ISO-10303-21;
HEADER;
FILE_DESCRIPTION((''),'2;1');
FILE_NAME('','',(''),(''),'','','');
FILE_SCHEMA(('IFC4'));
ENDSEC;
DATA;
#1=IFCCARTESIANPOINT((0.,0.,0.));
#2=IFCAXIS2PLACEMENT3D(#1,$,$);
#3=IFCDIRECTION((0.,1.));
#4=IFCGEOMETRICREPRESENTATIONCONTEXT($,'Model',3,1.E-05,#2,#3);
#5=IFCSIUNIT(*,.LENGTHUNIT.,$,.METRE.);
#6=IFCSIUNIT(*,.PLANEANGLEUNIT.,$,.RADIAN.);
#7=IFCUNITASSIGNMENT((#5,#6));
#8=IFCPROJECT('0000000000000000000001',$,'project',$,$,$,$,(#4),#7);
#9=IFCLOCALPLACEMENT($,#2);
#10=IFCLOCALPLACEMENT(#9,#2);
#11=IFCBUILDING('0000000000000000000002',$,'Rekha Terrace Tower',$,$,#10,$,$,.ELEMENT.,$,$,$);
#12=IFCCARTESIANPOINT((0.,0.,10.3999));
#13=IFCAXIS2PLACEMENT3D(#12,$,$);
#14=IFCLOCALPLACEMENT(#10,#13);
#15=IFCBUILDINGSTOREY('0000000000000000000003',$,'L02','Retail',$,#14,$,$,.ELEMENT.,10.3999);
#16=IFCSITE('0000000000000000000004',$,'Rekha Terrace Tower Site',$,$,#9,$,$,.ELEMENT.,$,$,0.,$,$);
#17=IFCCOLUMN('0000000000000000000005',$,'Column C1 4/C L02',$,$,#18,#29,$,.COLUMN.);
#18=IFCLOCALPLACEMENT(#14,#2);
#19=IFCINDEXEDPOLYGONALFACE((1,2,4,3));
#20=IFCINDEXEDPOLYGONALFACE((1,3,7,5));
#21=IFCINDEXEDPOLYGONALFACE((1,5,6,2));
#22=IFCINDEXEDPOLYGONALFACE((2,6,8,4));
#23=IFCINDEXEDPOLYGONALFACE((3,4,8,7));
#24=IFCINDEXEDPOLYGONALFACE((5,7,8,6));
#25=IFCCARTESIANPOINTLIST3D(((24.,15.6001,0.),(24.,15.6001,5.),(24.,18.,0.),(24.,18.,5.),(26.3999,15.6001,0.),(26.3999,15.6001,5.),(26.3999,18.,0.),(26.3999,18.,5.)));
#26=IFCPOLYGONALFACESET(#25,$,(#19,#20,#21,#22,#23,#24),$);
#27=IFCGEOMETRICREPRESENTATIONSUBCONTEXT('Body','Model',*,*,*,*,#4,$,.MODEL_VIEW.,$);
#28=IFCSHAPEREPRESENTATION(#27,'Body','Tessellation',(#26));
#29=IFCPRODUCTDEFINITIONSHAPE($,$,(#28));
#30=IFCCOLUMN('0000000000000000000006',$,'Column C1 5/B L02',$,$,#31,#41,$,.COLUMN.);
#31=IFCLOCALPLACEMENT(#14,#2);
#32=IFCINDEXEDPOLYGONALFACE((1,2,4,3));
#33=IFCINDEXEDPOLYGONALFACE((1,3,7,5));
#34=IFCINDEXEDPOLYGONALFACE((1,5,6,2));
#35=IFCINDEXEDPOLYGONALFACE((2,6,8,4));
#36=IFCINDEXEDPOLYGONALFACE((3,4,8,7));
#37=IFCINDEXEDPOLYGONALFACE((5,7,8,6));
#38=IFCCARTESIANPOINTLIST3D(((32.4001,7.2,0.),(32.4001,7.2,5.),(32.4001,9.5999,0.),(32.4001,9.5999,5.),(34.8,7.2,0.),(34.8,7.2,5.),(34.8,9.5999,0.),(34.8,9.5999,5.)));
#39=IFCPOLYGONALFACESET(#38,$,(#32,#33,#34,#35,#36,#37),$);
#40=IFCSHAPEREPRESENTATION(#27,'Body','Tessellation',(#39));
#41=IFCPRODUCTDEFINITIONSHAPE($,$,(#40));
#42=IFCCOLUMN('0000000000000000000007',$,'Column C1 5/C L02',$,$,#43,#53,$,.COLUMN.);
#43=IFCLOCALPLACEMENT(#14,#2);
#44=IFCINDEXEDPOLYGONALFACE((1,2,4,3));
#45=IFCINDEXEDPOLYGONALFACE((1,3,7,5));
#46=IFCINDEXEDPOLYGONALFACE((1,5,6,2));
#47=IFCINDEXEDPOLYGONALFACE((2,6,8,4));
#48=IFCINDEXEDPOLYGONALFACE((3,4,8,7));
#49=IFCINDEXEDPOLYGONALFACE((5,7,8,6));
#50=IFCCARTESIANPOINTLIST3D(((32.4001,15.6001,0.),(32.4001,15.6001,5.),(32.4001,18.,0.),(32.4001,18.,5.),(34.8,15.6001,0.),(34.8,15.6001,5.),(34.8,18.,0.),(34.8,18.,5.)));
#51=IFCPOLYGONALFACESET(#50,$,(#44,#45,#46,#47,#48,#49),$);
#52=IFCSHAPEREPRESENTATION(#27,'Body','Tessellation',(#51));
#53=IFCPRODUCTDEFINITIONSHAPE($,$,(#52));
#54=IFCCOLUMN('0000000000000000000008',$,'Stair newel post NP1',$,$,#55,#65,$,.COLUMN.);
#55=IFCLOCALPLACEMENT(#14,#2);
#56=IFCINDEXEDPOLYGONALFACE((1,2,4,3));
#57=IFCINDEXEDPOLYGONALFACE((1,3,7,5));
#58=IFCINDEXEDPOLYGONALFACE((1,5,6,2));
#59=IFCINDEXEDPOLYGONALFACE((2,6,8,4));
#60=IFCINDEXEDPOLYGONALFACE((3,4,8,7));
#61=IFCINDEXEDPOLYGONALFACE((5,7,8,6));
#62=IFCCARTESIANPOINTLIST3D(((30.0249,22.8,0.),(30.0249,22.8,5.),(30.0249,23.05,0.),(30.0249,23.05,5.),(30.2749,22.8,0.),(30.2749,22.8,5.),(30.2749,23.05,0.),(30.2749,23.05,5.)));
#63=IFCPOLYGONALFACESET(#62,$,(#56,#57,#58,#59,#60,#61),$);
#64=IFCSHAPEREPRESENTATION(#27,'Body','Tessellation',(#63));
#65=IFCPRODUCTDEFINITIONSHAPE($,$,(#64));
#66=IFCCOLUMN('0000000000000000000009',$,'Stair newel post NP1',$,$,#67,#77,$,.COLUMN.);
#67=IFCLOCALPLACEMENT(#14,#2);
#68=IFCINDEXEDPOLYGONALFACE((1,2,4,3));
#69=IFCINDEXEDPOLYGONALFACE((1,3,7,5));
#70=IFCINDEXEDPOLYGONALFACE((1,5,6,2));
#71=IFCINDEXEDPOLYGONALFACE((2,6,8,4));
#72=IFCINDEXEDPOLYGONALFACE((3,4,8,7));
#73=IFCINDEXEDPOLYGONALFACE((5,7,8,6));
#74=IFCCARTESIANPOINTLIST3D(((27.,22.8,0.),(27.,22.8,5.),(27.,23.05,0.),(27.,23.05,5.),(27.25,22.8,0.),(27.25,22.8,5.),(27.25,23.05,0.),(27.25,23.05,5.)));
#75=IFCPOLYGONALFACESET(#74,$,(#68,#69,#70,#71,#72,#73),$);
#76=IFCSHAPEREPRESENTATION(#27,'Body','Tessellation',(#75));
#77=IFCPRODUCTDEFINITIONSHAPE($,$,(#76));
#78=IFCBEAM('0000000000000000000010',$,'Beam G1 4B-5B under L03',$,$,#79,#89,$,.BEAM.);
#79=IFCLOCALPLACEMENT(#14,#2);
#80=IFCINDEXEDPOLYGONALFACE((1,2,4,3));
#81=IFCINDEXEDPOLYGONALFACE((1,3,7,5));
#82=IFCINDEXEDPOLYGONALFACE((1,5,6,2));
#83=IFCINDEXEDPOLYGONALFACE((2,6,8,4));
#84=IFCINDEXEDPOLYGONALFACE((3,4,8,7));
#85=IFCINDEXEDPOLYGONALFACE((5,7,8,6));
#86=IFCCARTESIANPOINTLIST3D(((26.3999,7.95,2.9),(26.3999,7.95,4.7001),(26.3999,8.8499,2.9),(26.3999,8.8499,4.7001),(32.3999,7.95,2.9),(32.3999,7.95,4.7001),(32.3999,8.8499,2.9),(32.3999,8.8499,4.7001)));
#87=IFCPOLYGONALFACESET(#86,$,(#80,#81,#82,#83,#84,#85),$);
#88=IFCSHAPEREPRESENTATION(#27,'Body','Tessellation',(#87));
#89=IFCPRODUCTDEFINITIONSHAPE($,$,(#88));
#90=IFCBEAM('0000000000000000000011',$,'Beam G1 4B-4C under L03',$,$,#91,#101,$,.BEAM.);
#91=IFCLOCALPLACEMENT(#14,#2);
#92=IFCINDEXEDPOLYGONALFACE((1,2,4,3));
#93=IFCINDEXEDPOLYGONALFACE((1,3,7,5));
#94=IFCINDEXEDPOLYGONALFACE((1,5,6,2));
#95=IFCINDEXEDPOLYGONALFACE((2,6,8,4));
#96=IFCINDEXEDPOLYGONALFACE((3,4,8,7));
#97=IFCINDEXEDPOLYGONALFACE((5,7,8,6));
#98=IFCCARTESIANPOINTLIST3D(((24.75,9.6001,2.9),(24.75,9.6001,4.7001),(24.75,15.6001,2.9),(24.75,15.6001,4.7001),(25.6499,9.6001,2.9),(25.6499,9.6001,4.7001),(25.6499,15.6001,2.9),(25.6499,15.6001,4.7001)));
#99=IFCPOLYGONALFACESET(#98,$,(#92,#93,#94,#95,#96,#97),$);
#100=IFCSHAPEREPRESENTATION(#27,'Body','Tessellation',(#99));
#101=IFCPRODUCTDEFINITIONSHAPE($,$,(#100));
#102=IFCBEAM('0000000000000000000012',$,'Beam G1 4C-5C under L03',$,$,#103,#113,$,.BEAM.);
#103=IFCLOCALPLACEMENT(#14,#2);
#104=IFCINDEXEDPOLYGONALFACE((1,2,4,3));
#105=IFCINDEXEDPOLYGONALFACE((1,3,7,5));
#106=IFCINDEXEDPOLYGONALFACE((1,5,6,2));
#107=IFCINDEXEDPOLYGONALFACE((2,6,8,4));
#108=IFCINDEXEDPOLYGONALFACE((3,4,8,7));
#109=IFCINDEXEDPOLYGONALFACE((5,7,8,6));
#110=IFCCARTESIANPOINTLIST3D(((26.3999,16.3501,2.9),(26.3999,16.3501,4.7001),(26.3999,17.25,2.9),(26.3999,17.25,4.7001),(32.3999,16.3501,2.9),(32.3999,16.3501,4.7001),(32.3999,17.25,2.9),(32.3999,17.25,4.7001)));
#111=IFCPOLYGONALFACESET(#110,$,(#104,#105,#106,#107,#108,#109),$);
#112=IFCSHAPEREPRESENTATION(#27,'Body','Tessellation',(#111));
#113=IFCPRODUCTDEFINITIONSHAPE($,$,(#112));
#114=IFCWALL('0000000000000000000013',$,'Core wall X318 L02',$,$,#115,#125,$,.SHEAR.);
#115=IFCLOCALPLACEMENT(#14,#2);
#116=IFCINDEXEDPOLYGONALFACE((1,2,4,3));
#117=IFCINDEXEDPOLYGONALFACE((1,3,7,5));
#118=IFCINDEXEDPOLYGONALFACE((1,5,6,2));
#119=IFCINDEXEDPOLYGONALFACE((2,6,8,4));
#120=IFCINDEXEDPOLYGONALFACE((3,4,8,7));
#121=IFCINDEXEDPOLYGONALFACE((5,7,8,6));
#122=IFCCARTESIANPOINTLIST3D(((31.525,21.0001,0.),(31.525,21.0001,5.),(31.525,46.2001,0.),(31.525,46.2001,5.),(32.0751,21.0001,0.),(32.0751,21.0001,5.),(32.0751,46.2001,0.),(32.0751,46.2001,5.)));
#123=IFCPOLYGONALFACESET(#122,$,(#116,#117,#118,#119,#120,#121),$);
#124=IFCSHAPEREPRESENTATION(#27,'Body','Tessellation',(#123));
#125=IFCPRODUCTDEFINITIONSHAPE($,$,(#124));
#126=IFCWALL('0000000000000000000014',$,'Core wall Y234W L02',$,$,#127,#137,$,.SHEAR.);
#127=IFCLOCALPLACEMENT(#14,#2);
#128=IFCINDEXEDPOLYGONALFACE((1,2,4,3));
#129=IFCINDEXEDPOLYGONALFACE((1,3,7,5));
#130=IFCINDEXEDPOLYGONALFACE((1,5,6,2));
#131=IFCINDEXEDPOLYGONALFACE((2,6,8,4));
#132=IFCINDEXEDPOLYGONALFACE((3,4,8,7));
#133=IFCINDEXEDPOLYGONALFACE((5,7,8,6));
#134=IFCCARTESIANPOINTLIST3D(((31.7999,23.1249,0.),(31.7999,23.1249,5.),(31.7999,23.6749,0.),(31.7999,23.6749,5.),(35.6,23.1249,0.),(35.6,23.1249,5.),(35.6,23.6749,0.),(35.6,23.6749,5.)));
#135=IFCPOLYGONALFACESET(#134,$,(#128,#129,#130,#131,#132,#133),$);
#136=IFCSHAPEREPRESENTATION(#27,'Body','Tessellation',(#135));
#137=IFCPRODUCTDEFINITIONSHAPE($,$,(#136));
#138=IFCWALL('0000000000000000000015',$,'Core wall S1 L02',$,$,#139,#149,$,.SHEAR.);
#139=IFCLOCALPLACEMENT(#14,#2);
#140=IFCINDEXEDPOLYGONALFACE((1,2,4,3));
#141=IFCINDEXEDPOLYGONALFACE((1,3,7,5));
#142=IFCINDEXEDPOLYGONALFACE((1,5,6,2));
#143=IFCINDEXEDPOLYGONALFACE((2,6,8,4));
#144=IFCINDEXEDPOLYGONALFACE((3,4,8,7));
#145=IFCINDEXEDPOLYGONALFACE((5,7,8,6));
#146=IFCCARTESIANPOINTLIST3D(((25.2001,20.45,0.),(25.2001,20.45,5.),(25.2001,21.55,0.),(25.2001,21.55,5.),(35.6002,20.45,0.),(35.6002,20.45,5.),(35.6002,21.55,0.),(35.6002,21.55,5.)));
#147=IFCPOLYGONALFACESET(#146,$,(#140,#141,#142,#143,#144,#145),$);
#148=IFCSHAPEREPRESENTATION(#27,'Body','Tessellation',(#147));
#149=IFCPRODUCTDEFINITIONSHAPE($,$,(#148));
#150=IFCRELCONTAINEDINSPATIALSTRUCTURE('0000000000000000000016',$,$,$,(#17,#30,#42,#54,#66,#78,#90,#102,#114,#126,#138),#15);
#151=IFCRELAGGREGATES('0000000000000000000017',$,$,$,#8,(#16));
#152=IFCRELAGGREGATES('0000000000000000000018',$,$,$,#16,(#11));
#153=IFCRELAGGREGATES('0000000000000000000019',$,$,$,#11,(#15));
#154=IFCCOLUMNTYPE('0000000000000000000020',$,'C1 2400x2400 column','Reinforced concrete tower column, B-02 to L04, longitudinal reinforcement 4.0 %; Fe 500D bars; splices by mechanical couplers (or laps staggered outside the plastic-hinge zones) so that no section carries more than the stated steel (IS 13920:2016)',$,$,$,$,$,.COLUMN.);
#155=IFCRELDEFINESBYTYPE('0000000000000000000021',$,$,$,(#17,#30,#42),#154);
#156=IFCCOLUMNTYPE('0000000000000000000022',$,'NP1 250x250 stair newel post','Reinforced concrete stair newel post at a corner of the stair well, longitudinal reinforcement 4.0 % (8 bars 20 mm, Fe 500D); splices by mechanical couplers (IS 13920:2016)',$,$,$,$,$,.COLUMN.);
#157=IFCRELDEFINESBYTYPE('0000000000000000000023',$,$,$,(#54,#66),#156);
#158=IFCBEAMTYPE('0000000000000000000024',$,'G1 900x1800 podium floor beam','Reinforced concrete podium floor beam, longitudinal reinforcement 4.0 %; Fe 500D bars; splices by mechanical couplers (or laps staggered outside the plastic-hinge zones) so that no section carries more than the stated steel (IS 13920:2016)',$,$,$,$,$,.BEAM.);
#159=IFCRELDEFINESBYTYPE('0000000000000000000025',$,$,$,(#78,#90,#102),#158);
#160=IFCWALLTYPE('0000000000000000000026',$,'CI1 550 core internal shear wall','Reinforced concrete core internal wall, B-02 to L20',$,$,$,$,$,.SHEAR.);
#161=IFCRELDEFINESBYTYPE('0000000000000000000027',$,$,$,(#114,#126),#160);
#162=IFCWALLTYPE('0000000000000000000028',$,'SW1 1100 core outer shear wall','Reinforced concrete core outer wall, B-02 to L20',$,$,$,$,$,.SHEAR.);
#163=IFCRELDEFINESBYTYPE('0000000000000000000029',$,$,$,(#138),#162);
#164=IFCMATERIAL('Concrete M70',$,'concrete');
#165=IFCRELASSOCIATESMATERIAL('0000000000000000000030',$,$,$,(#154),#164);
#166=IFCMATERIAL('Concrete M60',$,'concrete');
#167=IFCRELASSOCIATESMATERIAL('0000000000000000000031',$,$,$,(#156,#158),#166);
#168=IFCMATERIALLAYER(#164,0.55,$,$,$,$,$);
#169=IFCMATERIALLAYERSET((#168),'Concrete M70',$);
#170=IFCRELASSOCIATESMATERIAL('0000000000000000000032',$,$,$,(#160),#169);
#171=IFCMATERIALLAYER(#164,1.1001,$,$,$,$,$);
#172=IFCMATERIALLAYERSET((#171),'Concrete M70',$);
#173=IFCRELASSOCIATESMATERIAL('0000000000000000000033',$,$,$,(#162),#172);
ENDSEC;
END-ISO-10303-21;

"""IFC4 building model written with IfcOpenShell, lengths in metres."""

from ifc_helpers import new_model, si_unit, direction, frame, frame_2d, origin, origin_2d, place, context, subcontext, project, spatial, rectangle, extrude, material, layer, layer_set, material_profile, profile_set, type_object, element, save


model = new_model("IFC4")

# Units and contexts
model_context = context("Model", 3, precision=1e-05, world=origin(), true_north=direction((0.0, 1.0)))
body_context = subcontext(model_context, "Body", "Model", "MODEL_VIEW")
ifc_project = project(units=[si_unit("LENGTHUNIT", "METRE"), si_unit("PLANEANGLEUNIT", "RADIAN")], contexts=[model_context])

# Site, building, storey
site_placement = place(None, origin())
site = spatial("IfcSite", under=ifc_project, at=site_placement, Name="Rekha Terrace Tower Site", CompositionType="ELEMENT", RefElevation=0.0)
building_placement = place(site_placement, origin())
building = spatial("IfcBuilding", under=site, at=building_placement, Name="Rekha Terrace Tower", CompositionType="ELEMENT")
storey_placement = place(building_placement, frame((0.0, 0.0, 10.3999)))
storey = spatial("IfcBuildingStorey", under=building, at=storey_placement, Name="L02", Description="Retail", CompositionType="ELEMENT", Elevation=10.3999)

# Columns
ifc_material_1 = material(Name="Concrete M70", Category="concrete")
ifc_material_profile_1 = material_profile(ifc_material_1, rectangle(XDim=2.3999, YDim=2.3999, at=origin_2d()), Name="RC 2400x2400")
ifc_profile_set_1 = profile_set([ifc_material_profile_1], Name="Concrete M70")
column_type_1 = type_object("IfcColumnType", Name="C1 2400x2400 column", Description="Reinforced concrete tower column, B-02 to L04, longitudinal reinforcement 4.0 %; Fe 500D bars; splices by mechanical couplers (or laps staggered outside the plastic-hinge zones) so that no section carries more than the stated steel (IS 13920:2016)", PredefinedType="COLUMN", material=ifc_profile_set_1)
for number, where, z_axis, x_axis, name in (
    (1, (25.2, 16.8, 0.0), (0.0, 0.0, 1.0), (1.0, 0.0, 0.0), "Column C1 4/C L02"),
    (2, (33.6001, 8.3999, 0.0), (0.0, 0.0, 1.0), (1.0, 0.0, 0.0), "Column C1 5/B L02"),
    (3, (33.6001, 16.8, 0.0), (0.0, 0.0, 1.0), (1.0, 0.0, 0.0), "Column C1 5/C L02"),
):
    element("IfcColumn", number, at=place(storey_placement, frame(where, z_axis=z_axis, x_axis=x_axis)), inside=storey, type_object=column_type_1, Name=name, PredefinedType="COLUMN", context=body_context, shape_type="SweptSolid", body=[
        extrude(rectangle(XDim=2.3999, YDim=2.3999, at=origin_2d()), origin(), (0.0, 0.0, 1.0), 5.0),
    ])
ifc_material_2 = material(Name="Concrete M60", Category="concrete")
ifc_material_profile_2 = material_profile(ifc_material_2, rectangle(XDim=0.25, YDim=0.25, at=origin_2d()), Name="RC 250x250")
ifc_profile_set_2 = profile_set([ifc_material_profile_2], Name="Concrete M60")
column_type_2 = type_object("IfcColumnType", Name="NP1 250x250 stair newel post", Description="Reinforced concrete stair newel post at a corner of the stair well, longitudinal reinforcement 4.0 % (8 bars 20 mm, Fe 500D); splices by mechanical couplers (IS 13920:2016)", PredefinedType="COLUMN", material=ifc_profile_set_2)
for number, where, z_axis, x_axis, name in (
    (4, (30.1499, 22.925, 0.0), (0.0, 0.0, 1.0), (1.0, 0.0, 0.0), "Stair newel post NP1"),
    (5, (27.125, 22.925, 0.0), (0.0, 0.0, 1.0), (1.0, 0.0, 0.0), "Stair newel post NP1"),
):
    element("IfcColumn", number, at=place(storey_placement, frame(where, z_axis=z_axis, x_axis=x_axis)), inside=storey, type_object=column_type_2, Name=name, PredefinedType="COLUMN", context=body_context, shape_type="SweptSolid", body=[
        extrude(rectangle(XDim=0.25, YDim=0.25, at=origin_2d()), origin(), (0.0, 0.0, 1.0), 5.0),
    ])

# Beams
ifc_material_profile_3 = material_profile(ifc_material_2, rectangle(XDim=0.8999, YDim=1.8, at=origin_2d()), Name="RC 900x1800")
ifc_profile_set_3 = profile_set([ifc_material_profile_3], Name="Concrete M60")
beam_type = type_object("IfcBeamType", Name="G1 900x1800 podium floor beam", Description="Reinforced concrete podium floor beam, longitudinal reinforcement 4.0 %; Fe 500D bars; splices by mechanical couplers (or laps staggered outside the plastic-hinge zones) so that no section carries more than the stated steel (IS 13920:2016)", PredefinedType="BEAM", material=ifc_profile_set_3)
for number, where, z_axis, x_axis, name in (
    (6, (26.3999, 8.3999, 3.8), (1.0, 0.0, 0.0), (0.0, 1.0, 0.0), "Beam G1 4B-5B under L03"),
    (7, (25.2, 9.6001, 3.8), (0.0, 1.0, 0.0), (-1.0, 0.0, 0.0), "Beam G1 4B-4C under L03"),
    (8, (26.3999, 16.8, 3.8), (1.0, 0.0, 0.0), (0.0, 1.0, 0.0), "Beam G1 4C-5C under L03"),
):
    element("IfcBeam", number, at=place(storey_placement, frame(where, z_axis=z_axis, x_axis=x_axis)), inside=storey, type_object=beam_type, Name=name, PredefinedType="BEAM", context=body_context, shape_type="SweptSolid", body=[
        extrude(rectangle(XDim=0.8999, YDim=1.8, at=origin_2d()), origin(), (0.0, 0.0, 1.0), 6.0),
    ])

# Walls
ifc_layer_1 = layer(ifc_material_1, 0.55)
ifc_layer_set_1 = layer_set([ifc_layer_1], Name="Concrete M70")
wall_type_1 = type_object("IfcWallType", Name="CI1 550 core internal shear wall", Description="Reinforced concrete core internal wall, B-02 to L20", PredefinedType="SHEAR", material=ifc_layer_set_1)
wall_1_placement = place(storey_placement, frame((31.8, 21.0, 0.0), z_axis=(0.0, 0.0, 1.0), x_axis=(0.0, 1.0, 0.0)))
element("IfcWall", 9, at=wall_1_placement, inside=storey, type_object=wall_type_1, Name="Core wall X318 L02", PredefinedType="SHEAR", context=body_context, shape_type="SweptSolid", body=[
    extrude(rectangle(XDim=25.2, YDim=0.55, at=frame_2d((12.6001, 0.0))), origin(), (0.0, 0.0, 1.0), 5.0),
])
wall_2_placement = place(storey_placement, frame((31.8, 23.3999, 0.0), z_axis=(0.0, 0.0, 1.0), x_axis=(1.0, 0.0, 0.0)))
element("IfcWall", 10, at=wall_2_placement, inside=storey, type_object=wall_type_1, Name="Core wall Y234W L02", PredefinedType="SHEAR", context=body_context, shape_type="SweptSolid", body=[
    extrude(rectangle(XDim=3.8, YDim=0.55, at=frame_2d((1.8999, 0.0))), origin(), (0.0, 0.0, 1.0), 5.0),
])
ifc_layer_2 = layer(ifc_material_1, 1.1001)
ifc_layer_set_2 = layer_set([ifc_layer_2], Name="Concrete M70")
wall_type_2 = type_object("IfcWallType", Name="SW1 1100 core outer shear wall", Description="Reinforced concrete core outer wall, B-02 to L20", PredefinedType="SHEAR", material=ifc_layer_set_2)
wall_3_placement = place(storey_placement, frame((25.2, 21.0, 0.0), z_axis=(0.0, 0.0, 1.0), x_axis=(1.0, 0.0, 0.0)))
element("IfcWall", 11, at=wall_3_placement, inside=storey, type_object=wall_type_2, Name="Core wall S1 L02", PredefinedType="SHEAR", context=body_context, shape_type="SweptSolid", body=[
    extrude(rectangle(XDim=10.4001, YDim=1.1001, at=frame_2d((5.2002, 0.0))), origin(), (0.0, 0.0, 1.0), 5.0),
])

save(model, "model.ifc")
